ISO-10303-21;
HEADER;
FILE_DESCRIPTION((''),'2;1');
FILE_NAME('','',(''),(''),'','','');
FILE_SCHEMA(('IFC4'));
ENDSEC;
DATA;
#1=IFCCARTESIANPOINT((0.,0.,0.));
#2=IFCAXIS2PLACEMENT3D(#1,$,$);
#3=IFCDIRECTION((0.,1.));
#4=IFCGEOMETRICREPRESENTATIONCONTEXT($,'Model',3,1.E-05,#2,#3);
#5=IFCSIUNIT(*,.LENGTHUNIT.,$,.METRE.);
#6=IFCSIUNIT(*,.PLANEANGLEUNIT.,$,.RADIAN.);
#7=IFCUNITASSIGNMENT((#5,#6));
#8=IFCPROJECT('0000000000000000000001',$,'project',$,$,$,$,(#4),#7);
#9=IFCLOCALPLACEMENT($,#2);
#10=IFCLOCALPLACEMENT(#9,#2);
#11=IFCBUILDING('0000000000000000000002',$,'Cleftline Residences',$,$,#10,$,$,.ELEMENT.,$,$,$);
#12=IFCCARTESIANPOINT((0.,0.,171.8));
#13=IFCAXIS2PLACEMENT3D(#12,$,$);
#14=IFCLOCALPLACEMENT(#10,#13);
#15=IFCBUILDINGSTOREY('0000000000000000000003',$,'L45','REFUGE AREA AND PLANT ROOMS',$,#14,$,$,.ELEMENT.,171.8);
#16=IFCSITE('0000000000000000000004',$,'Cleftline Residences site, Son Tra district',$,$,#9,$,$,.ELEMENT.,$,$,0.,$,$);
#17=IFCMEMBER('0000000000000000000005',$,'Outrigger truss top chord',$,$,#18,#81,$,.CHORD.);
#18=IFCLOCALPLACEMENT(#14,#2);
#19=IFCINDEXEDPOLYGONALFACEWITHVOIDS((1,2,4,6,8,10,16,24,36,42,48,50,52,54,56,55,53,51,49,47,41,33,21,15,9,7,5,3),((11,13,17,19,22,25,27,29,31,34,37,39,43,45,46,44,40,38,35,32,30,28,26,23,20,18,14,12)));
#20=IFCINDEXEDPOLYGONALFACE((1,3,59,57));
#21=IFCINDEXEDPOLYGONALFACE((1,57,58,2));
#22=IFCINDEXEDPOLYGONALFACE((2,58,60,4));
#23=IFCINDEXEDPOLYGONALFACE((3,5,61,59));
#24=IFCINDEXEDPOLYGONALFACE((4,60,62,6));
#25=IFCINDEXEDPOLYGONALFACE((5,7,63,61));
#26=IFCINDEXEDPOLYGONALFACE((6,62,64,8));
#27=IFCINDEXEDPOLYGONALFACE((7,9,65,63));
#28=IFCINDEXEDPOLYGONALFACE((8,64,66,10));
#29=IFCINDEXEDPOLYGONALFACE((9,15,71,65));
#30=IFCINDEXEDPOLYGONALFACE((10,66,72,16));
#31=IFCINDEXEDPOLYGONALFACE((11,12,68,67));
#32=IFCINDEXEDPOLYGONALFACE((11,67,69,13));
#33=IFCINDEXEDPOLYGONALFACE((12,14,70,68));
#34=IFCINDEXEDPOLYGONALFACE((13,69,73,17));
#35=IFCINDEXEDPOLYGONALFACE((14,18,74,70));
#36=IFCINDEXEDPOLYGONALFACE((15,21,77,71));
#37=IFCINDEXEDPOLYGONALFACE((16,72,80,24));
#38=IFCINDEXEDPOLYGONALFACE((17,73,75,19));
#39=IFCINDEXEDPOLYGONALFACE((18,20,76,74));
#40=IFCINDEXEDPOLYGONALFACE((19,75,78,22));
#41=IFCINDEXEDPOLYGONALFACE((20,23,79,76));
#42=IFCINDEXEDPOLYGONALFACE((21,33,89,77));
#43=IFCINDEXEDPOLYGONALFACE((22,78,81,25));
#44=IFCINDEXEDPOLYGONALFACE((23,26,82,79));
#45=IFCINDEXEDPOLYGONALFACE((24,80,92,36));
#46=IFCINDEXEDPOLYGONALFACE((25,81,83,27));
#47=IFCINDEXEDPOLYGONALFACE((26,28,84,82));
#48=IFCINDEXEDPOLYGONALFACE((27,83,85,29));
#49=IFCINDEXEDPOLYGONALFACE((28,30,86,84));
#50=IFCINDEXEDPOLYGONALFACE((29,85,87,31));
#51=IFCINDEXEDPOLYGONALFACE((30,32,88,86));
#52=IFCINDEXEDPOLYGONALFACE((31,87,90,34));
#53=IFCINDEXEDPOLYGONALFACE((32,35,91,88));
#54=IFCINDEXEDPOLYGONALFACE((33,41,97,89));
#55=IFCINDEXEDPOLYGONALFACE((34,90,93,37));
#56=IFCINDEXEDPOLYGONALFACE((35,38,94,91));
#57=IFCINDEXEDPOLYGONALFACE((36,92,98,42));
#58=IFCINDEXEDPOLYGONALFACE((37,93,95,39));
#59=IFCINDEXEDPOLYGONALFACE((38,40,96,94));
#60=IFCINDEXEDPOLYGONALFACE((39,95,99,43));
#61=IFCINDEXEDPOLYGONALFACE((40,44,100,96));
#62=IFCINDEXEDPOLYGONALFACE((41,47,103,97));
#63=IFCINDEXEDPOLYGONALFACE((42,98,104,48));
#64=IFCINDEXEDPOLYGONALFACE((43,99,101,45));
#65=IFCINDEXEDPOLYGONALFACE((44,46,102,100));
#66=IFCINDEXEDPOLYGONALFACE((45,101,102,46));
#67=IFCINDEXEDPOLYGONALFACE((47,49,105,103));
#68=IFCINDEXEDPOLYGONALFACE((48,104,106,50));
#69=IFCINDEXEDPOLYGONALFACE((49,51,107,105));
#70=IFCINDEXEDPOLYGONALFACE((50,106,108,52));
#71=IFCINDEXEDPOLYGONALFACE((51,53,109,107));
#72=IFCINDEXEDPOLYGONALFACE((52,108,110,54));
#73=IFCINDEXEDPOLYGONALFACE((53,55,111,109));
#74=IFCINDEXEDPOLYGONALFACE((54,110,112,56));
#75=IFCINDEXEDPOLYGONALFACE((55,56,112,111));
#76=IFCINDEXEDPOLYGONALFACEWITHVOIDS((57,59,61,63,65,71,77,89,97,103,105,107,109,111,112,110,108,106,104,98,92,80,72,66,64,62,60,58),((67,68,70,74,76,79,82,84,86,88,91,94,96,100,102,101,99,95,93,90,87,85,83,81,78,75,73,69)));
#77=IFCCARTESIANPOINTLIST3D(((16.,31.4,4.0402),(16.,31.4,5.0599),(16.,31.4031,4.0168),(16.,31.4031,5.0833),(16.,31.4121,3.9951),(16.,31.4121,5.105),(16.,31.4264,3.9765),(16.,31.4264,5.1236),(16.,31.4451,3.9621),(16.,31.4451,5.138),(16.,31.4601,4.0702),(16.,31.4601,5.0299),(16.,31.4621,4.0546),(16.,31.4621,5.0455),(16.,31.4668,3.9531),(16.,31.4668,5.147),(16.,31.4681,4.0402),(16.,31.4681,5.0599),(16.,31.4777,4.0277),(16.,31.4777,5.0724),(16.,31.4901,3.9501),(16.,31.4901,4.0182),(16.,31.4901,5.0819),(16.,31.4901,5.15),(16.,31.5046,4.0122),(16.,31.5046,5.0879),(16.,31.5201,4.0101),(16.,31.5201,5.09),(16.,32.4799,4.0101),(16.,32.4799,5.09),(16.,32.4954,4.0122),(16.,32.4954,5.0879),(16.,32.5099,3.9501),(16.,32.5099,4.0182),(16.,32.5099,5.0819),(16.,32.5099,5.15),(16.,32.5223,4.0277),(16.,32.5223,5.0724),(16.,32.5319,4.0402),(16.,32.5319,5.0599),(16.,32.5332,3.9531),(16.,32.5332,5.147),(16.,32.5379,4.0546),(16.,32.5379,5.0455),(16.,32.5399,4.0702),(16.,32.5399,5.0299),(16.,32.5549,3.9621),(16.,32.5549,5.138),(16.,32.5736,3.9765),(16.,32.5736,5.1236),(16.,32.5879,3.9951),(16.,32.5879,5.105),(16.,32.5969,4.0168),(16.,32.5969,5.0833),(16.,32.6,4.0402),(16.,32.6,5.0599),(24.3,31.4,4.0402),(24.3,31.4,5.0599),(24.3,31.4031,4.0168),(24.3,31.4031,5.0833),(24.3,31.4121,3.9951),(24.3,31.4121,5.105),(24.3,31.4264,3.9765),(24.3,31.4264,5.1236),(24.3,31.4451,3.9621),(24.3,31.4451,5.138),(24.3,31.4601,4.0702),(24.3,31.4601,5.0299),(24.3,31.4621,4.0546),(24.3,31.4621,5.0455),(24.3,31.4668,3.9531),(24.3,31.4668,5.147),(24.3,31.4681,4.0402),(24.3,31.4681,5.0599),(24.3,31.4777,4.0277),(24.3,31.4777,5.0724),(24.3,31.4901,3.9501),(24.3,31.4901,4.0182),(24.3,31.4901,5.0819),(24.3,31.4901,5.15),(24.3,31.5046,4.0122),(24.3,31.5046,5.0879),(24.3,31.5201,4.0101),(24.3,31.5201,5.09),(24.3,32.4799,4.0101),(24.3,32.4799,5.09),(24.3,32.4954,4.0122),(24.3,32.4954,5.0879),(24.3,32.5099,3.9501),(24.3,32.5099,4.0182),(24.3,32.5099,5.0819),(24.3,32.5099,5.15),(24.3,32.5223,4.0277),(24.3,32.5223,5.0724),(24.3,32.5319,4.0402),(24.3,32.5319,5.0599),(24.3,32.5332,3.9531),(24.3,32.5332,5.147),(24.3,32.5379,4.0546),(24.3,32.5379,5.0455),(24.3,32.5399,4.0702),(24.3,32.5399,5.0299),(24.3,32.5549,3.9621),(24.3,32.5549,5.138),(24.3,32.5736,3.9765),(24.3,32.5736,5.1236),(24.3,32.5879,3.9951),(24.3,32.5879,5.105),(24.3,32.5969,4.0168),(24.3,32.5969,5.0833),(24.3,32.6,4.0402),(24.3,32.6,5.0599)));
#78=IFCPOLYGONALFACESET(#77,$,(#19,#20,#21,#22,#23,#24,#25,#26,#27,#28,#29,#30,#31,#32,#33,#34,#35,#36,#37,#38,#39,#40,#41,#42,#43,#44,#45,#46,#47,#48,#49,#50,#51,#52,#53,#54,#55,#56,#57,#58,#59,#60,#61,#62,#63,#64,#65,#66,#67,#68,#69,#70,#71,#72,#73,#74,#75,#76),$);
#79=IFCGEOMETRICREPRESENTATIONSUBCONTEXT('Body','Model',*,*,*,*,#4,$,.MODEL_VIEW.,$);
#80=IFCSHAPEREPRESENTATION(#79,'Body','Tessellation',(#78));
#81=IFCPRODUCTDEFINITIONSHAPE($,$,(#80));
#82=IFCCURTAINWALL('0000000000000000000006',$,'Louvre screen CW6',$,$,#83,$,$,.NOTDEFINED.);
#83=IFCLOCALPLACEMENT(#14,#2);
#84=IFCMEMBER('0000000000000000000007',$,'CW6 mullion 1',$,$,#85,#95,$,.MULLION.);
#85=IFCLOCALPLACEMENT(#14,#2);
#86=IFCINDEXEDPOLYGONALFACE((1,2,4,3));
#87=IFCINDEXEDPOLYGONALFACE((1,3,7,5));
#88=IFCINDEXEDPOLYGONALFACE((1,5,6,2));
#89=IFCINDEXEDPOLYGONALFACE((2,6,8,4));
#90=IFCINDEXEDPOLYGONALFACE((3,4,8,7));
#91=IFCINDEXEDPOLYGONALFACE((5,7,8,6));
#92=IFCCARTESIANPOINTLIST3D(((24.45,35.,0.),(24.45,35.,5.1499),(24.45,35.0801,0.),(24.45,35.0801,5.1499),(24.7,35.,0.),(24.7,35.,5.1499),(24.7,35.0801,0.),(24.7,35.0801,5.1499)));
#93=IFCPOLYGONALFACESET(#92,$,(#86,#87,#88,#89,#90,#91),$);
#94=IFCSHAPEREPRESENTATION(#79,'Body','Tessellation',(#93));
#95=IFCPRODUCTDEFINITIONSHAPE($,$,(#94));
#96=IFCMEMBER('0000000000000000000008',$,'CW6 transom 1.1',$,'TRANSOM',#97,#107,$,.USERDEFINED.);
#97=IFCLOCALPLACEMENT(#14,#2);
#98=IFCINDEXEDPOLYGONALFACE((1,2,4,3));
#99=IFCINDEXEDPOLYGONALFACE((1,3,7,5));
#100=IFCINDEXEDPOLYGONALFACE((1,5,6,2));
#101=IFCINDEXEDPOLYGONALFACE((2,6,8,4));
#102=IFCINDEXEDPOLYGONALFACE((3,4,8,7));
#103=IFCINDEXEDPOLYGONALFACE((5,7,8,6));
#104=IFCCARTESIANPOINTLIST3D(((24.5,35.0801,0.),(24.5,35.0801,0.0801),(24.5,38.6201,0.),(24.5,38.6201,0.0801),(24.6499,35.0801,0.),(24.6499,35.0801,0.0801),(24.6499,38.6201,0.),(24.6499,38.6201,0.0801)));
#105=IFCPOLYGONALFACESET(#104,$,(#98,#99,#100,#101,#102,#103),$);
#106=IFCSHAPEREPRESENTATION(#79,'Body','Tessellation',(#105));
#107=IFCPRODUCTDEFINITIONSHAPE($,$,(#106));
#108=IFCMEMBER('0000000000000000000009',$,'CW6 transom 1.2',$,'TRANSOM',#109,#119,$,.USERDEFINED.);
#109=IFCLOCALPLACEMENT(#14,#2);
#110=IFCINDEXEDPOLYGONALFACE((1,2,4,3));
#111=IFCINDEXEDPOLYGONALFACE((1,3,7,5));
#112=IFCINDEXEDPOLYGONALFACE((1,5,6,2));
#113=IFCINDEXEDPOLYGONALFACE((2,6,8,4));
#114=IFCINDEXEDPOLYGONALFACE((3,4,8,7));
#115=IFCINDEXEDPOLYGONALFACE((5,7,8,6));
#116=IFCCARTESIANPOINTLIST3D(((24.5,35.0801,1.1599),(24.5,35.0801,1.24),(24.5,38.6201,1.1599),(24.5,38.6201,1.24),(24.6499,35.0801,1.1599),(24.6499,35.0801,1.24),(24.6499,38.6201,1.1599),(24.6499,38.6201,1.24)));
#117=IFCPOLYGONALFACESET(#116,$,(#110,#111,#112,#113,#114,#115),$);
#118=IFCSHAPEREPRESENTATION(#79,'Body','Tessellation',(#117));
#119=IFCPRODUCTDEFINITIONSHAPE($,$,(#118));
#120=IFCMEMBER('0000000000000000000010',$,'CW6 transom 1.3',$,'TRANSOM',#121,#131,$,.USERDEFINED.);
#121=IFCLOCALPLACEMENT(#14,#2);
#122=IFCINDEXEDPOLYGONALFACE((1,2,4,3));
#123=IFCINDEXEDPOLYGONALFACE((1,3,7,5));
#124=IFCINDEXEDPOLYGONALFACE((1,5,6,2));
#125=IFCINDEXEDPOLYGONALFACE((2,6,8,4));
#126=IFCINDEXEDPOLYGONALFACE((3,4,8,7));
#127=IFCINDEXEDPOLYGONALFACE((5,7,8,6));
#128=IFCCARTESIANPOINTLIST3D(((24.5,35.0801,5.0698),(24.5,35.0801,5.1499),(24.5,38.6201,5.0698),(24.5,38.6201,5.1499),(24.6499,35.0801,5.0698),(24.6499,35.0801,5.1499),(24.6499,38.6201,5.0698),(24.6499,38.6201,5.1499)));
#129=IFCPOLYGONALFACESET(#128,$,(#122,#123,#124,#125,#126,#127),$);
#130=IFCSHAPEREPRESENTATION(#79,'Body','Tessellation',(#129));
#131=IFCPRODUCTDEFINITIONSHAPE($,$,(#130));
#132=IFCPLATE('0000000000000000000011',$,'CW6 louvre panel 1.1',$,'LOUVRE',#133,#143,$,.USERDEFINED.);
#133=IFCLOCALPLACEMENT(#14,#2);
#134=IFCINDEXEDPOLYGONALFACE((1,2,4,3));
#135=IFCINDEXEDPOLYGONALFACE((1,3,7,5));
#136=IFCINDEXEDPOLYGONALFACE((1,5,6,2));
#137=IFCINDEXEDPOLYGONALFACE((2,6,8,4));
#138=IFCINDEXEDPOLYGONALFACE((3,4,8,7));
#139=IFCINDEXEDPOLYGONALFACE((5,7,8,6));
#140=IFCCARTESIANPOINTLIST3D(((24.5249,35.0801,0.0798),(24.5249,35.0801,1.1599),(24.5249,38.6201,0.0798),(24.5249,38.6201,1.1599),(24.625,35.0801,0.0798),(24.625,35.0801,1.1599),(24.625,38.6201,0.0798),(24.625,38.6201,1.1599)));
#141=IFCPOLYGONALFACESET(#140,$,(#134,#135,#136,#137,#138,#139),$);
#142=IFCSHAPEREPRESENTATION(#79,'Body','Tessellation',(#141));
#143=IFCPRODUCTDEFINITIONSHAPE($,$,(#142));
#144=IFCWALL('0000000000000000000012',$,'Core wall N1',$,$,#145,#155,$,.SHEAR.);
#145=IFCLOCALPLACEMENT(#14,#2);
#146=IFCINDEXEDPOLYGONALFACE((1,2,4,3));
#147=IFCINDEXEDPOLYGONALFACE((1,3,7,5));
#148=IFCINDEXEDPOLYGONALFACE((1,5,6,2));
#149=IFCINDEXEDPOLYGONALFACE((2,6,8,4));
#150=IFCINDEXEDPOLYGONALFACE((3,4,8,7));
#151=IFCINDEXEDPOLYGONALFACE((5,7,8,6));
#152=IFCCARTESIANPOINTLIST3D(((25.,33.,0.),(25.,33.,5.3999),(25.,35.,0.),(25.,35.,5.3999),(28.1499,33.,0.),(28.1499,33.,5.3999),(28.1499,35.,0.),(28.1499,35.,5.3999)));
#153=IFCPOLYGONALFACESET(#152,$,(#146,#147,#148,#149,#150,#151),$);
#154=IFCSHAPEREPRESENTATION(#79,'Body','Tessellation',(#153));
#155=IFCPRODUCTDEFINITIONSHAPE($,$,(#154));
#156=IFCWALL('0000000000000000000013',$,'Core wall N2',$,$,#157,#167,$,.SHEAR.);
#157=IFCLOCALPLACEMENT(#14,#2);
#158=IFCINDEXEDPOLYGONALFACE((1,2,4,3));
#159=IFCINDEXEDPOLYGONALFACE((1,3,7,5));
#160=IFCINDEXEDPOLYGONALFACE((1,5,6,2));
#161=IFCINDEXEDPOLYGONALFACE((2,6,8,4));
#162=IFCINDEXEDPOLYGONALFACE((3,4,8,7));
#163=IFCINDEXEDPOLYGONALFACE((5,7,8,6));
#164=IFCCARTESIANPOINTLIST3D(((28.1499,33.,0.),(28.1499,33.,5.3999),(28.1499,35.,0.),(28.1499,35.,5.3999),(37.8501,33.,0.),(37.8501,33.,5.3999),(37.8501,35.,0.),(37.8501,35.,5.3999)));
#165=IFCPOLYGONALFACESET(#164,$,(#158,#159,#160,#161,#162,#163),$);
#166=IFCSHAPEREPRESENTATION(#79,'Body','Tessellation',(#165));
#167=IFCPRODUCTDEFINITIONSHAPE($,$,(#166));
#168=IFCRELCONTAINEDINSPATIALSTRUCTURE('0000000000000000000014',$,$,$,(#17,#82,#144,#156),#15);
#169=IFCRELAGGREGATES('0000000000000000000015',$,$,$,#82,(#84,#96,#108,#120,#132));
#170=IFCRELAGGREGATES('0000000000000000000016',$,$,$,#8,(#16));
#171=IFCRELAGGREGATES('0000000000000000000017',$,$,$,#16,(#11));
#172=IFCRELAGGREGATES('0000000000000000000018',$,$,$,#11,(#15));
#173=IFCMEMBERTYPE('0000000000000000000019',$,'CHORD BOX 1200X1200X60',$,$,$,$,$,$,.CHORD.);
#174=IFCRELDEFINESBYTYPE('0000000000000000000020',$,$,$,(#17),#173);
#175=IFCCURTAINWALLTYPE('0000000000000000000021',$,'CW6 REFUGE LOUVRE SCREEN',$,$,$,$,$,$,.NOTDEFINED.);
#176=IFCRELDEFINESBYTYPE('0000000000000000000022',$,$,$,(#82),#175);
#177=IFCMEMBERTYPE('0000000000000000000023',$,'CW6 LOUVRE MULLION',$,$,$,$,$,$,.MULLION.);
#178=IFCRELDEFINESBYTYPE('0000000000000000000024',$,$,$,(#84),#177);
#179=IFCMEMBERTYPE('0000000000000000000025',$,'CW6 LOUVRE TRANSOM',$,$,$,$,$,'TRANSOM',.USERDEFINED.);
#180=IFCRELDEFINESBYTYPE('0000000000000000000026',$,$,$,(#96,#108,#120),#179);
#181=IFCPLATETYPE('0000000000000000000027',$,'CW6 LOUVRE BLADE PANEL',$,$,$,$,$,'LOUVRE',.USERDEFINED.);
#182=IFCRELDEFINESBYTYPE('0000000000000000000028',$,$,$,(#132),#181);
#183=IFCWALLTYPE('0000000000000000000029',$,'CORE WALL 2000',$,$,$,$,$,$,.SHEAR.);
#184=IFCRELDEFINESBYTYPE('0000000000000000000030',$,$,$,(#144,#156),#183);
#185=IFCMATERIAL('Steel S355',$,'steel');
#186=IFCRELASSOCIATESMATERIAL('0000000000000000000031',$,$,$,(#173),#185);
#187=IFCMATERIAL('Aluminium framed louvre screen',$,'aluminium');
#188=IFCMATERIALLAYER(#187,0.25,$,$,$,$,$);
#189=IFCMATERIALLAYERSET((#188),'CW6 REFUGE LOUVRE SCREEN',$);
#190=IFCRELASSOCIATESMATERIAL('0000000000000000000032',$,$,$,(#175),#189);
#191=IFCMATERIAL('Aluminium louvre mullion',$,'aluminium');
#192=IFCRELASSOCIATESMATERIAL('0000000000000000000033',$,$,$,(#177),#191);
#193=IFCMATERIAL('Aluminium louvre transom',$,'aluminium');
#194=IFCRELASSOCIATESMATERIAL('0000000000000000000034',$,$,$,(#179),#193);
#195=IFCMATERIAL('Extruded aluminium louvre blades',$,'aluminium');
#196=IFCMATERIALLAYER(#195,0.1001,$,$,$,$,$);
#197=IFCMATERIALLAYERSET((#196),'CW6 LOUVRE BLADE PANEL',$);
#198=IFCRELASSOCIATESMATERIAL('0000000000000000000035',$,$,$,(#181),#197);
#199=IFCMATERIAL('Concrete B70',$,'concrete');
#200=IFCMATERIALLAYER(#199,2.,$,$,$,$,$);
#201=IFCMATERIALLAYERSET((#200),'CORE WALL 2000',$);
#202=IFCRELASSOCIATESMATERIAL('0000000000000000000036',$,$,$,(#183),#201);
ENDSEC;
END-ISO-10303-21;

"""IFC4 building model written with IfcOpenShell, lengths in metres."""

from ifc_helpers import new_model, si_unit, direction, frame, frame_2d, origin, origin_2d, place, context, subcontext, project, spatial, rectangle, hollow_rectangle, extrude, material, layer, layer_set, material_profile, profile_set, type_object, element, aggregate, save


model = new_model("IFC4")

# Units and contexts
model_context = context("Model", 3, precision=1e-05, world=origin(), true_north=direction((0.0, 1.0)))
body_context = subcontext(model_context, "Body", "Model", "MODEL_VIEW")
ifc_project = project(units=[si_unit("LENGTHUNIT", "METRE"), si_unit("PLANEANGLEUNIT", "RADIAN")], contexts=[model_context])

# Site, building, storey
site_placement = place(None, origin())
site = spatial("IfcSite", under=ifc_project, at=site_placement, Name="Cleftline Residences site, Son Tra district", CompositionType="ELEMENT", RefElevation=0.0)
building_placement = place(site_placement, origin())
building = spatial("IfcBuilding", under=site, at=building_placement, Name="Cleftline Residences", CompositionType="ELEMENT")
storey_placement = place(building_placement, frame((0.0, 0.0, 171.8)))
storey = spatial("IfcBuildingStorey", under=building, at=storey_placement, Name="L45", Description="REFUGE AREA AND PLANT ROOMS", CompositionType="ELEMENT", Elevation=171.8)

# Member
ifc_material_1 = material(Name="Steel S355", Category="steel")
ifc_material_profile_1 = material_profile(ifc_material_1, hollow_rectangle(XDim=1.2, YDim=1.2, WallThickness=0.0601, InnerFilletRadius=0.0601, OuterFilletRadius=0.0901, at=origin_2d()))
ifc_profile_set_1 = profile_set([ifc_material_profile_1], Name="Steel S355")
member_type_1 = type_object("IfcMemberType", Name="CHORD BOX 1200X1200X60", PredefinedType="CHORD", material=ifc_profile_set_1)
for number, where, z_axis, x_axis, name in (
    (1, (24.3, 32.0, 4.55), (-1.0, 0.0, 0.0), (0.0, -1.0, 0.0), "Outrigger truss top chord"),
):
    element("IfcMember", number, at=place(storey_placement, frame(where, z_axis=z_axis, x_axis=x_axis)), inside=storey, type_object=member_type_1, Name=name, PredefinedType="CHORD", context=body_context, shape_type="SweptSolid", body=[
        extrude(hollow_rectangle(XDim=1.2, YDim=1.2, WallThickness=0.0601, InnerFilletRadius=0.0601, OuterFilletRadius=0.0901, at=origin_2d()), origin(), (0.0, 0.0, 1.0), 8.3),
    ])

# Curtain wall, members, plate
ifc_material_2 = material(Name="Aluminium framed louvre screen", Category="aluminium")
ifc_layer_1 = layer(ifc_material_2, 0.25)
ifc_layer_set_1 = layer_set([ifc_layer_1], Name="CW6 REFUGE LOUVRE SCREEN")
curtain_wall_type = type_object("IfcCurtainWallType", Name="CW6 REFUGE LOUVRE SCREEN", PredefinedType="NOTDEFINED", material=ifc_layer_set_1)
curtain_wall_placement = place(storey_placement, origin())
curtain_wall = element("IfcCurtainWall", 2, at=curtain_wall_placement, inside=storey, type_object=curtain_wall_type, Name="Louvre screen CW6", PredefinedType="NOTDEFINED")
ifc_material_3 = material(Name="Aluminium louvre mullion", Category="aluminium")
ifc_material_profile_2 = material_profile(ifc_material_3, rectangle(XDim=0.25, YDim=0.0801, at=origin_2d()))
ifc_profile_set_2 = profile_set([ifc_material_profile_2], Name="Aluminium louvre mullion")
member_type_2 = type_object("IfcMemberType", Name="CW6 LOUVRE MULLION", PredefinedType="MULLION", material=ifc_profile_set_2)
member_1_placement = place(storey_placement, frame((24.575, 35.04, 0.0), z_axis=(0.0, 0.0, 1.0), x_axis=(-1.0, 0.0, 0.0)))
member_1 = element("IfcMember", 3, at=member_1_placement, type_object=member_type_2, Name="CW6 mullion 1", PredefinedType="MULLION", context=body_context, shape_type="SweptSolid", body=[
    extrude(rectangle(XDim=0.25, YDim=0.0801, at=origin_2d()), origin(), (0.0, 0.0, 1.0), 5.1499),
])
ifc_material_4 = material(Name="Aluminium louvre transom", Category="aluminium")
ifc_material_profile_3 = material_profile(ifc_material_4, rectangle(XDim=0.1499, YDim=0.0801, at=origin_2d()))
ifc_profile_set_3 = profile_set([ifc_material_profile_3], Name="Aluminium louvre transom")
member_type_3 = type_object("IfcMemberType", Name="CW6 LOUVRE TRANSOM", ElementType="TRANSOM", PredefinedType="USERDEFINED", material=ifc_profile_set_3)
member_2_placement = place(storey_placement, frame((24.575, 35.0801, 0.04), z_axis=(0.0, 1.0, 0.0), x_axis=(-1.0, 0.0, 0.0)))
member_2 = element("IfcMember", 4, at=member_2_placement, type_object=member_type_3, Name="CW6 transom 1.1", ObjectType="TRANSOM", PredefinedType="USERDEFINED", context=body_context, shape_type="SweptSolid", body=[
    extrude(rectangle(XDim=0.1499, YDim=0.0801, at=origin_2d()), origin(), (0.0, 0.0, 1.0), 3.54),
])
member_3_placement = place(storey_placement, frame((24.575, 35.0801, 1.2), z_axis=(0.0, 1.0, 0.0), x_axis=(-1.0, 0.0, 0.0)))
member_3 = element("IfcMember", 5, at=member_3_placement, type_object=member_type_3, Name="CW6 transom 1.2", ObjectType="TRANSOM", PredefinedType="USERDEFINED", context=body_context, shape_type="SweptSolid", body=[
    extrude(rectangle(XDim=0.1499, YDim=0.0801, at=origin_2d()), origin(), (0.0, 0.0, 1.0), 3.54),
])
member_4_placement = place(storey_placement, frame((24.575, 35.0801, 5.1099), z_axis=(0.0, 1.0, 0.0), x_axis=(-1.0, 0.0, 0.0)))
member_4 = element("IfcMember", 6, at=member_4_placement, type_object=member_type_3, Name="CW6 transom 1.3", ObjectType="TRANSOM", PredefinedType="USERDEFINED", context=body_context, shape_type="SweptSolid", body=[
    extrude(rectangle(XDim=0.1499, YDim=0.0801, at=origin_2d()), origin(), (0.0, 0.0, 1.0), 3.54),
])
ifc_material_5 = material(Name="Extruded aluminium louvre blades", Category="aluminium")
ifc_layer_2 = layer(ifc_material_5, 0.1001)
ifc_layer_set_2 = layer_set([ifc_layer_2], Name="CW6 LOUVRE BLADE PANEL")
plate_type = type_object("IfcPlateType", Name="CW6 LOUVRE BLADE PANEL", ElementType="LOUVRE", PredefinedType="USERDEFINED", material=ifc_layer_set_2)
plate_placement = place(storey_placement, frame((24.575, 36.8501, 0.0798), z_axis=(0.0, 0.0, 1.0), x_axis=(0.0, 1.0, 0.0)))
plate = element("IfcPlate", 7, at=plate_placement, type_object=plate_type, Name="CW6 louvre panel 1.1", ObjectType="LOUVRE", PredefinedType="USERDEFINED", context=body_context, shape_type="SweptSolid", body=[
    extrude(rectangle(XDim=3.54, YDim=0.1001, at=origin_2d()), origin(), (0.0, 0.0, 1.0), 1.0801),
])
aggregate(curtain_wall, [member_1, member_2, member_3, member_4, plate])

# Walls
ifc_material_6 = material(Name="Concrete B70", Category="concrete")
ifc_layer_3 = layer(ifc_material_6, 2.0)
ifc_layer_set_3 = layer_set([ifc_layer_3], Name="CORE WALL 2000")
wall_type_1 = type_object("IfcWallType", Name="CORE WALL 2000", PredefinedType="SHEAR", material=ifc_layer_set_3)
wall_1_placement = place(storey_placement, frame((25.0, 34.0, 0.0), z_axis=(0.0, 0.0, 1.0), x_axis=(1.0, 0.0, 0.0)))
element("IfcWall", 8, at=wall_1_placement, inside=storey, type_object=wall_type_1, Name="Core wall N1", PredefinedType="SHEAR", context=body_context, shape_type="SweptSolid", body=[
    extrude(rectangle(XDim=3.1499, YDim=2.0, at=frame_2d((1.575, 0.0))), origin(), (0.0, 0.0, 1.0), 5.3999),
])
wall_2_placement = place(storey_placement, frame((28.1499, 34.0, 0.0), z_axis=(0.0, 0.0, 1.0), x_axis=(1.0, 0.0, 0.0)))
element("IfcWall", 9, at=wall_2_placement, inside=storey, type_object=wall_type_1, Name="Core wall N2", PredefinedType="SHEAR", context=body_context, shape_type="SweptSolid", body=[
    extrude(rectangle(XDim=9.7002, YDim=2.0, at=frame_2d((4.8501, 0.0))), origin(), (0.0, 0.0, 1.0), 5.3999),
])

save(model, "model.ifc")
